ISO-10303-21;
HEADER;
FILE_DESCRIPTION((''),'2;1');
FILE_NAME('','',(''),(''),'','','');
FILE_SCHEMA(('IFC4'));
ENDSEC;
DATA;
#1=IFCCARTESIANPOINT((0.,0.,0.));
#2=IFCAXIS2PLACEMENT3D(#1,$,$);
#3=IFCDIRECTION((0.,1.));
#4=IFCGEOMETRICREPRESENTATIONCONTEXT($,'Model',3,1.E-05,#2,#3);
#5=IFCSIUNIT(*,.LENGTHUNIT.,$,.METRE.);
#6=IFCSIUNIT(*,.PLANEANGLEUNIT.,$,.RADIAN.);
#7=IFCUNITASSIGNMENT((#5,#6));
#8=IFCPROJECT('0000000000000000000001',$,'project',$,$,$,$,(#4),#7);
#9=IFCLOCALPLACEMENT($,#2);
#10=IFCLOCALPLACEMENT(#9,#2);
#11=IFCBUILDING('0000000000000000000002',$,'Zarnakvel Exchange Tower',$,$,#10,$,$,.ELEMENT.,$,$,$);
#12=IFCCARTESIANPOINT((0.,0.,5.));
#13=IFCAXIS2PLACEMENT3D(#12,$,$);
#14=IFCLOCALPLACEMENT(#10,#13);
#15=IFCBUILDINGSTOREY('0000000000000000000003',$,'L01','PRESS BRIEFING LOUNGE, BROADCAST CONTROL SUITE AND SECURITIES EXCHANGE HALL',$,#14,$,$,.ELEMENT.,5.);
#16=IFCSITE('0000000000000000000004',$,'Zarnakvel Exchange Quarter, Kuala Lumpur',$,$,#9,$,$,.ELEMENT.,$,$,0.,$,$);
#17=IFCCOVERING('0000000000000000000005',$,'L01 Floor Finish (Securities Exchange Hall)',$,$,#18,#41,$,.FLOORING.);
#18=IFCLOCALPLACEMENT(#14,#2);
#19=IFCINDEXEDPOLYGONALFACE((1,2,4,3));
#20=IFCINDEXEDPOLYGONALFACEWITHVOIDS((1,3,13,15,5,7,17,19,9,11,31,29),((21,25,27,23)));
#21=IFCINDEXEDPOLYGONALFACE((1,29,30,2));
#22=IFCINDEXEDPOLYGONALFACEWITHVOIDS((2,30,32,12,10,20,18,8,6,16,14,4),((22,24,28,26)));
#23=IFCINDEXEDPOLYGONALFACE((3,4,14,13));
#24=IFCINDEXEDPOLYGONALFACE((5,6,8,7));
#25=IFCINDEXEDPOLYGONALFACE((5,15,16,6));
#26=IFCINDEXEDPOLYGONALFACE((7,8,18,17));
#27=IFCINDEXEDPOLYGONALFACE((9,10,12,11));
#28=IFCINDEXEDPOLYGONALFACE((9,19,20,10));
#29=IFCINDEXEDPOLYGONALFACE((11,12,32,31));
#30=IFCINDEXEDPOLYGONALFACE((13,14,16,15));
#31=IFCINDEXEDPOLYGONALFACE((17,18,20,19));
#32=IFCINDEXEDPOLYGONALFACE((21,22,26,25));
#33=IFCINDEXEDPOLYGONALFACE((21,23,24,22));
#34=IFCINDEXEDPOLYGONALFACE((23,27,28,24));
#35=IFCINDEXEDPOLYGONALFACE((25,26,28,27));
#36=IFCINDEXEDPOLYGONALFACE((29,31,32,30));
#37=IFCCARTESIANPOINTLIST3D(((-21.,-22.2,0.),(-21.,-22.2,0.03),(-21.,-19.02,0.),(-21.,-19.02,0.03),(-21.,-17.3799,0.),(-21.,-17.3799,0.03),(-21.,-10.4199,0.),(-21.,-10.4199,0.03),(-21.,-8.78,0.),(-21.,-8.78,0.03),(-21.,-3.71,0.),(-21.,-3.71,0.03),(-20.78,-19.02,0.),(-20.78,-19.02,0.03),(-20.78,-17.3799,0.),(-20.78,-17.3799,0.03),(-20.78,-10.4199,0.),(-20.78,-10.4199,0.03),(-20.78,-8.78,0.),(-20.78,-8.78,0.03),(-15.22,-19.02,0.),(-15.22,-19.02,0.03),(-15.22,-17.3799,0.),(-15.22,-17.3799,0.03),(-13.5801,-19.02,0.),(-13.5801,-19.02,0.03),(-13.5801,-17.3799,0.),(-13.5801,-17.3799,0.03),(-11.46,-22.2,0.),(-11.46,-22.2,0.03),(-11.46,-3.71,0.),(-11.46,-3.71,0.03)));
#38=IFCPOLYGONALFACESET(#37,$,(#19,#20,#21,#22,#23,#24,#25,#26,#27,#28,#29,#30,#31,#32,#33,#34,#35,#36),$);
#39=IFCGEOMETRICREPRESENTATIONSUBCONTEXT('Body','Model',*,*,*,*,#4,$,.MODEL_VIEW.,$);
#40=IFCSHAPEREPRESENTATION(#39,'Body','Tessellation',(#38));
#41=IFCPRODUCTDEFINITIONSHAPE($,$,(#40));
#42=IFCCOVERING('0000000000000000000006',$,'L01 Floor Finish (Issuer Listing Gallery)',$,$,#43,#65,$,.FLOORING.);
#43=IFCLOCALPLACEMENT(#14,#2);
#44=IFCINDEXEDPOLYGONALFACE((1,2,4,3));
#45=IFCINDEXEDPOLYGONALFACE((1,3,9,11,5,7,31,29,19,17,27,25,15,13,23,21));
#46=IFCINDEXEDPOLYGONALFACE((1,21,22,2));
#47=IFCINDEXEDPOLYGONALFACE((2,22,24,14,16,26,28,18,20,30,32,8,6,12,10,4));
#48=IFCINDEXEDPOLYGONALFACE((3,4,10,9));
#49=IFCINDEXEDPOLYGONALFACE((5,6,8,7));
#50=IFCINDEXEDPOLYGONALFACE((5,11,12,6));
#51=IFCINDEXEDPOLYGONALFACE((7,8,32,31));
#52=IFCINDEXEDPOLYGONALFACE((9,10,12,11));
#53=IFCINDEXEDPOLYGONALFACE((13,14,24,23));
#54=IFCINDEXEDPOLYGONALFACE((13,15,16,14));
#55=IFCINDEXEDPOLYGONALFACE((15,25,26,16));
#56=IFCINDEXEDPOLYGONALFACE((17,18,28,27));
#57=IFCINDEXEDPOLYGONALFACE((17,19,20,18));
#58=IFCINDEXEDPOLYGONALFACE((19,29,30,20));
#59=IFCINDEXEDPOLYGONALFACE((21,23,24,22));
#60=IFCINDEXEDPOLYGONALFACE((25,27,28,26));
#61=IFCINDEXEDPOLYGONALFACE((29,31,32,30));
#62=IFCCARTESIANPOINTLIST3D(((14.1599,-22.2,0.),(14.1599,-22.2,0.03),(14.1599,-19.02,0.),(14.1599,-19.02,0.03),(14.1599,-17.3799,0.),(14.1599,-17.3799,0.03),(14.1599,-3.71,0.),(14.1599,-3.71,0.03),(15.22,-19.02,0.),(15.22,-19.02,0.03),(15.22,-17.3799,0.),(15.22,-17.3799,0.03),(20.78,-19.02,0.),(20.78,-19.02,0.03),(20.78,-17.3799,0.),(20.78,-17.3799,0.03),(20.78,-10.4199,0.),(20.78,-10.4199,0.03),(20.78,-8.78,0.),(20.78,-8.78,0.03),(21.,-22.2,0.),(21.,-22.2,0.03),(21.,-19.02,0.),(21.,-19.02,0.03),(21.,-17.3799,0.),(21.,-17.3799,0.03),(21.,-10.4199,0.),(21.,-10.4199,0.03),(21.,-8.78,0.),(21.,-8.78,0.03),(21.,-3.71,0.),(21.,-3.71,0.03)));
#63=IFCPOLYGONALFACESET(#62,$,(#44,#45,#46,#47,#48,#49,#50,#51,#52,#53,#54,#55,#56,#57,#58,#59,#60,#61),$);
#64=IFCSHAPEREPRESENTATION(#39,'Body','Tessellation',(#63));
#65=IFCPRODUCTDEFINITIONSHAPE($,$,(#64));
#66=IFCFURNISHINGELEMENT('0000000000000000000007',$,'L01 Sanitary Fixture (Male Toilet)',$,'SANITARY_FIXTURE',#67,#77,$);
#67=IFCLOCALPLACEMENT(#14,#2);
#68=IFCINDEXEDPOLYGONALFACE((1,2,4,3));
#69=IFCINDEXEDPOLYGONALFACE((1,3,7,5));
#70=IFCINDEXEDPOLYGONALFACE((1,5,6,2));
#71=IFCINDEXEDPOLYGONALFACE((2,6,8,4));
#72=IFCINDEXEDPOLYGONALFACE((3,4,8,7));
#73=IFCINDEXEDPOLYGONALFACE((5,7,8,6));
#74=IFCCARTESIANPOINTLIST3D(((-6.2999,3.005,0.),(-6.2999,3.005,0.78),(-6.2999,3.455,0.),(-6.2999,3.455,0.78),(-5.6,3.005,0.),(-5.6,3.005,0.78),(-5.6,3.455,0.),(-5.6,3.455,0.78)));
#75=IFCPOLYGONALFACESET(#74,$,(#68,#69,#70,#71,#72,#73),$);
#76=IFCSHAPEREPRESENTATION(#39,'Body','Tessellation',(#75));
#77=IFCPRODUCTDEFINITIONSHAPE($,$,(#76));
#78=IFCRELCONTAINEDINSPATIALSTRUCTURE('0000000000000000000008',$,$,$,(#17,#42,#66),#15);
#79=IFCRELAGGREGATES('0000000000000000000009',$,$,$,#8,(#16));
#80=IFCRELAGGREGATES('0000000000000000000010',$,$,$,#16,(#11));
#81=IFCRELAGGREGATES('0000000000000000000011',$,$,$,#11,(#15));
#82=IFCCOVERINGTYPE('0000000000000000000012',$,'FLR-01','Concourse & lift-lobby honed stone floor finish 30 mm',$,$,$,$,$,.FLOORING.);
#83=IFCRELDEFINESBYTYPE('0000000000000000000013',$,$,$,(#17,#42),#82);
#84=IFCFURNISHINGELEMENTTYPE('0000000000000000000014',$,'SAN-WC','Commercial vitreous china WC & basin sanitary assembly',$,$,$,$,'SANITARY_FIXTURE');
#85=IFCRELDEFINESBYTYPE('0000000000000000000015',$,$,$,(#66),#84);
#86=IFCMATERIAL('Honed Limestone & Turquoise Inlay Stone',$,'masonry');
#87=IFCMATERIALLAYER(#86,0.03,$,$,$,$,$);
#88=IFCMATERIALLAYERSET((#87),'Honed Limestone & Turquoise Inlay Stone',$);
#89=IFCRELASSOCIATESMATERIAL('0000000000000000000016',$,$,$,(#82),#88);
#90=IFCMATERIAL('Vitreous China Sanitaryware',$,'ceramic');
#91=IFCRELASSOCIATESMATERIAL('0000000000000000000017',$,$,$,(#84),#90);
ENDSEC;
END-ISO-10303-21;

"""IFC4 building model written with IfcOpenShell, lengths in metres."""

from ifc_helpers import new_model, si_unit, direction, frame, origin, origin_2d, place, context, subcontext, project, spatial, polyline, rectangle, outline, extrude, source, transform, mapped, material, layer, layer_set, type_object, element, save


model = new_model("IFC4")

# Units and contexts
model_context = context("Model", 3, precision=1e-05, world=origin(), true_north=direction((0.0, 1.0)))
body_context = subcontext(model_context, "Body", "Model", "MODEL_VIEW")
ifc_project = project(units=[si_unit("LENGTHUNIT", "METRE"), si_unit("PLANEANGLEUNIT", "RADIAN")], contexts=[model_context])

# Site, building, storey
site_placement = place(None, origin())
site = spatial("IfcSite", under=ifc_project, at=site_placement, Name="Zarnakvel Exchange Quarter, Kuala Lumpur", CompositionType="ELEMENT", RefElevation=0.0)
building_placement = place(site_placement, origin())
building = spatial("IfcBuilding", under=site, at=building_placement, Name="Zarnakvel Exchange Tower", CompositionType="ELEMENT")
storey_placement = place(building_placement, frame((0.0, 0.0, 5.0)))
storey = spatial("IfcBuildingStorey", under=building, at=storey_placement, Name="L01", Description="PRESS BRIEFING LOUNGE, BROADCAST CONTROL SUITE AND SECURITIES EXCHANGE HALL", CompositionType="ELEMENT", Elevation=5.0)

# Coverings
ifc_material_1 = material(Name="Honed Limestone & Turquoise Inlay Stone", Category="masonry")
ifc_layer_1 = layer(ifc_material_1, 0.03)
ifc_layer_set_1 = layer_set([ifc_layer_1], Name="Honed Limestone & Turquoise Inlay Stone")
covering_type_1 = type_object("IfcCoveringType", Name="FLR-01", Description="Concourse & lift-lobby honed stone floor finish 30 mm", PredefinedType="FLOORING", material=ifc_layer_set_1)
covering_1_placement = place(storey_placement, origin())
element("IfcCovering", 1, at=covering_1_placement, inside=storey, type_object=covering_type_1, Name="L01 Floor Finish (Securities Exchange Hall)", PredefinedType="FLOORING", context=body_context, shape_type="SweptSolid", body=[
    extrude(outline(polyline([(-11.46, -3.71), (-11.46, -22.2), (-21.0, -22.2), (-21.0, -19.02), (-20.78, -19.02), (-20.78, -17.3799), (-21.0, -17.3799), (-21.0, -10.4199), (-20.78, -10.4199), (-20.78, -8.78), (-21.0, -8.78), (-21.0, -3.71), (-11.46, -3.71)]), holes=[polyline([(-13.5801, -19.02), (-13.5801, -17.3799), (-15.22, -17.3799), (-15.22, -19.02), (-13.5801, -19.02)])]), origin(), (0.0, 0.0, 1.0), 0.03),
])
covering_2_placement = place(storey_placement, origin())
element("IfcCovering", 2, at=covering_2_placement, inside=storey, type_object=covering_type_1, Name="L01 Floor Finish (Issuer Listing Gallery)", PredefinedType="FLOORING", context=body_context, shape_type="SweptSolid", body=[
    extrude(outline(polyline([(21.0, -3.71), (21.0, -8.78), (20.78, -8.78), (20.78, -10.4199), (21.0, -10.4199), (21.0, -17.3799), (20.78, -17.3799), (20.78, -19.02), (21.0, -19.02), (21.0, -22.2), (14.1599, -22.2), (14.1599, -19.02), (15.22, -19.02), (15.22, -17.3799), (14.1599, -17.3799), (14.1599, -3.71), (21.0, -3.71)])), origin(), (0.0, 0.0, 1.0), 0.03),
])

# Furnishing element
ifc_material_2 = material(Name="Vitreous China Sanitaryware", Category="ceramic")
furnishing_element_type = type_object("IfcFurnishingElementType", Name="SAN-WC", Description="Commercial vitreous china WC & basin sanitary assembly", ElementType="SANITARY_FIXTURE", material=ifc_material_2)
shared_shape_1 = source(origin(), body_context, "Body", "SweptSolid", [
    extrude(rectangle(XDim=0.7, YDim=0.45, at=origin_2d()), origin(), (0.0, 0.0, 1.0), 0.78),
])
furnishing_placement = place(storey_placement, frame((-5.95, 3.23, 0.0), z_axis=(0.0, 0.0, 1.0), x_axis=(1.0, 0.0, 0.0)))
element("IfcFurnishingElement", 3, at=furnishing_placement, inside=storey, type_object=furnishing_element_type, Name="L01 Sanitary Fixture (Male Toilet)", ObjectType="SANITARY_FIXTURE", context=body_context, shape_type="MappedRepresentation", body=[
    mapped(shared_shape_1, transform((0.0, 0.0, 0.0), x_axis=(1.0, 0.0, 0.0), y_axis=(0.0, 1.0, 0.0), z_axis=(0.0, 0.0, 1.0), scale=1.0)),
])

save(model, "model.ifc")
